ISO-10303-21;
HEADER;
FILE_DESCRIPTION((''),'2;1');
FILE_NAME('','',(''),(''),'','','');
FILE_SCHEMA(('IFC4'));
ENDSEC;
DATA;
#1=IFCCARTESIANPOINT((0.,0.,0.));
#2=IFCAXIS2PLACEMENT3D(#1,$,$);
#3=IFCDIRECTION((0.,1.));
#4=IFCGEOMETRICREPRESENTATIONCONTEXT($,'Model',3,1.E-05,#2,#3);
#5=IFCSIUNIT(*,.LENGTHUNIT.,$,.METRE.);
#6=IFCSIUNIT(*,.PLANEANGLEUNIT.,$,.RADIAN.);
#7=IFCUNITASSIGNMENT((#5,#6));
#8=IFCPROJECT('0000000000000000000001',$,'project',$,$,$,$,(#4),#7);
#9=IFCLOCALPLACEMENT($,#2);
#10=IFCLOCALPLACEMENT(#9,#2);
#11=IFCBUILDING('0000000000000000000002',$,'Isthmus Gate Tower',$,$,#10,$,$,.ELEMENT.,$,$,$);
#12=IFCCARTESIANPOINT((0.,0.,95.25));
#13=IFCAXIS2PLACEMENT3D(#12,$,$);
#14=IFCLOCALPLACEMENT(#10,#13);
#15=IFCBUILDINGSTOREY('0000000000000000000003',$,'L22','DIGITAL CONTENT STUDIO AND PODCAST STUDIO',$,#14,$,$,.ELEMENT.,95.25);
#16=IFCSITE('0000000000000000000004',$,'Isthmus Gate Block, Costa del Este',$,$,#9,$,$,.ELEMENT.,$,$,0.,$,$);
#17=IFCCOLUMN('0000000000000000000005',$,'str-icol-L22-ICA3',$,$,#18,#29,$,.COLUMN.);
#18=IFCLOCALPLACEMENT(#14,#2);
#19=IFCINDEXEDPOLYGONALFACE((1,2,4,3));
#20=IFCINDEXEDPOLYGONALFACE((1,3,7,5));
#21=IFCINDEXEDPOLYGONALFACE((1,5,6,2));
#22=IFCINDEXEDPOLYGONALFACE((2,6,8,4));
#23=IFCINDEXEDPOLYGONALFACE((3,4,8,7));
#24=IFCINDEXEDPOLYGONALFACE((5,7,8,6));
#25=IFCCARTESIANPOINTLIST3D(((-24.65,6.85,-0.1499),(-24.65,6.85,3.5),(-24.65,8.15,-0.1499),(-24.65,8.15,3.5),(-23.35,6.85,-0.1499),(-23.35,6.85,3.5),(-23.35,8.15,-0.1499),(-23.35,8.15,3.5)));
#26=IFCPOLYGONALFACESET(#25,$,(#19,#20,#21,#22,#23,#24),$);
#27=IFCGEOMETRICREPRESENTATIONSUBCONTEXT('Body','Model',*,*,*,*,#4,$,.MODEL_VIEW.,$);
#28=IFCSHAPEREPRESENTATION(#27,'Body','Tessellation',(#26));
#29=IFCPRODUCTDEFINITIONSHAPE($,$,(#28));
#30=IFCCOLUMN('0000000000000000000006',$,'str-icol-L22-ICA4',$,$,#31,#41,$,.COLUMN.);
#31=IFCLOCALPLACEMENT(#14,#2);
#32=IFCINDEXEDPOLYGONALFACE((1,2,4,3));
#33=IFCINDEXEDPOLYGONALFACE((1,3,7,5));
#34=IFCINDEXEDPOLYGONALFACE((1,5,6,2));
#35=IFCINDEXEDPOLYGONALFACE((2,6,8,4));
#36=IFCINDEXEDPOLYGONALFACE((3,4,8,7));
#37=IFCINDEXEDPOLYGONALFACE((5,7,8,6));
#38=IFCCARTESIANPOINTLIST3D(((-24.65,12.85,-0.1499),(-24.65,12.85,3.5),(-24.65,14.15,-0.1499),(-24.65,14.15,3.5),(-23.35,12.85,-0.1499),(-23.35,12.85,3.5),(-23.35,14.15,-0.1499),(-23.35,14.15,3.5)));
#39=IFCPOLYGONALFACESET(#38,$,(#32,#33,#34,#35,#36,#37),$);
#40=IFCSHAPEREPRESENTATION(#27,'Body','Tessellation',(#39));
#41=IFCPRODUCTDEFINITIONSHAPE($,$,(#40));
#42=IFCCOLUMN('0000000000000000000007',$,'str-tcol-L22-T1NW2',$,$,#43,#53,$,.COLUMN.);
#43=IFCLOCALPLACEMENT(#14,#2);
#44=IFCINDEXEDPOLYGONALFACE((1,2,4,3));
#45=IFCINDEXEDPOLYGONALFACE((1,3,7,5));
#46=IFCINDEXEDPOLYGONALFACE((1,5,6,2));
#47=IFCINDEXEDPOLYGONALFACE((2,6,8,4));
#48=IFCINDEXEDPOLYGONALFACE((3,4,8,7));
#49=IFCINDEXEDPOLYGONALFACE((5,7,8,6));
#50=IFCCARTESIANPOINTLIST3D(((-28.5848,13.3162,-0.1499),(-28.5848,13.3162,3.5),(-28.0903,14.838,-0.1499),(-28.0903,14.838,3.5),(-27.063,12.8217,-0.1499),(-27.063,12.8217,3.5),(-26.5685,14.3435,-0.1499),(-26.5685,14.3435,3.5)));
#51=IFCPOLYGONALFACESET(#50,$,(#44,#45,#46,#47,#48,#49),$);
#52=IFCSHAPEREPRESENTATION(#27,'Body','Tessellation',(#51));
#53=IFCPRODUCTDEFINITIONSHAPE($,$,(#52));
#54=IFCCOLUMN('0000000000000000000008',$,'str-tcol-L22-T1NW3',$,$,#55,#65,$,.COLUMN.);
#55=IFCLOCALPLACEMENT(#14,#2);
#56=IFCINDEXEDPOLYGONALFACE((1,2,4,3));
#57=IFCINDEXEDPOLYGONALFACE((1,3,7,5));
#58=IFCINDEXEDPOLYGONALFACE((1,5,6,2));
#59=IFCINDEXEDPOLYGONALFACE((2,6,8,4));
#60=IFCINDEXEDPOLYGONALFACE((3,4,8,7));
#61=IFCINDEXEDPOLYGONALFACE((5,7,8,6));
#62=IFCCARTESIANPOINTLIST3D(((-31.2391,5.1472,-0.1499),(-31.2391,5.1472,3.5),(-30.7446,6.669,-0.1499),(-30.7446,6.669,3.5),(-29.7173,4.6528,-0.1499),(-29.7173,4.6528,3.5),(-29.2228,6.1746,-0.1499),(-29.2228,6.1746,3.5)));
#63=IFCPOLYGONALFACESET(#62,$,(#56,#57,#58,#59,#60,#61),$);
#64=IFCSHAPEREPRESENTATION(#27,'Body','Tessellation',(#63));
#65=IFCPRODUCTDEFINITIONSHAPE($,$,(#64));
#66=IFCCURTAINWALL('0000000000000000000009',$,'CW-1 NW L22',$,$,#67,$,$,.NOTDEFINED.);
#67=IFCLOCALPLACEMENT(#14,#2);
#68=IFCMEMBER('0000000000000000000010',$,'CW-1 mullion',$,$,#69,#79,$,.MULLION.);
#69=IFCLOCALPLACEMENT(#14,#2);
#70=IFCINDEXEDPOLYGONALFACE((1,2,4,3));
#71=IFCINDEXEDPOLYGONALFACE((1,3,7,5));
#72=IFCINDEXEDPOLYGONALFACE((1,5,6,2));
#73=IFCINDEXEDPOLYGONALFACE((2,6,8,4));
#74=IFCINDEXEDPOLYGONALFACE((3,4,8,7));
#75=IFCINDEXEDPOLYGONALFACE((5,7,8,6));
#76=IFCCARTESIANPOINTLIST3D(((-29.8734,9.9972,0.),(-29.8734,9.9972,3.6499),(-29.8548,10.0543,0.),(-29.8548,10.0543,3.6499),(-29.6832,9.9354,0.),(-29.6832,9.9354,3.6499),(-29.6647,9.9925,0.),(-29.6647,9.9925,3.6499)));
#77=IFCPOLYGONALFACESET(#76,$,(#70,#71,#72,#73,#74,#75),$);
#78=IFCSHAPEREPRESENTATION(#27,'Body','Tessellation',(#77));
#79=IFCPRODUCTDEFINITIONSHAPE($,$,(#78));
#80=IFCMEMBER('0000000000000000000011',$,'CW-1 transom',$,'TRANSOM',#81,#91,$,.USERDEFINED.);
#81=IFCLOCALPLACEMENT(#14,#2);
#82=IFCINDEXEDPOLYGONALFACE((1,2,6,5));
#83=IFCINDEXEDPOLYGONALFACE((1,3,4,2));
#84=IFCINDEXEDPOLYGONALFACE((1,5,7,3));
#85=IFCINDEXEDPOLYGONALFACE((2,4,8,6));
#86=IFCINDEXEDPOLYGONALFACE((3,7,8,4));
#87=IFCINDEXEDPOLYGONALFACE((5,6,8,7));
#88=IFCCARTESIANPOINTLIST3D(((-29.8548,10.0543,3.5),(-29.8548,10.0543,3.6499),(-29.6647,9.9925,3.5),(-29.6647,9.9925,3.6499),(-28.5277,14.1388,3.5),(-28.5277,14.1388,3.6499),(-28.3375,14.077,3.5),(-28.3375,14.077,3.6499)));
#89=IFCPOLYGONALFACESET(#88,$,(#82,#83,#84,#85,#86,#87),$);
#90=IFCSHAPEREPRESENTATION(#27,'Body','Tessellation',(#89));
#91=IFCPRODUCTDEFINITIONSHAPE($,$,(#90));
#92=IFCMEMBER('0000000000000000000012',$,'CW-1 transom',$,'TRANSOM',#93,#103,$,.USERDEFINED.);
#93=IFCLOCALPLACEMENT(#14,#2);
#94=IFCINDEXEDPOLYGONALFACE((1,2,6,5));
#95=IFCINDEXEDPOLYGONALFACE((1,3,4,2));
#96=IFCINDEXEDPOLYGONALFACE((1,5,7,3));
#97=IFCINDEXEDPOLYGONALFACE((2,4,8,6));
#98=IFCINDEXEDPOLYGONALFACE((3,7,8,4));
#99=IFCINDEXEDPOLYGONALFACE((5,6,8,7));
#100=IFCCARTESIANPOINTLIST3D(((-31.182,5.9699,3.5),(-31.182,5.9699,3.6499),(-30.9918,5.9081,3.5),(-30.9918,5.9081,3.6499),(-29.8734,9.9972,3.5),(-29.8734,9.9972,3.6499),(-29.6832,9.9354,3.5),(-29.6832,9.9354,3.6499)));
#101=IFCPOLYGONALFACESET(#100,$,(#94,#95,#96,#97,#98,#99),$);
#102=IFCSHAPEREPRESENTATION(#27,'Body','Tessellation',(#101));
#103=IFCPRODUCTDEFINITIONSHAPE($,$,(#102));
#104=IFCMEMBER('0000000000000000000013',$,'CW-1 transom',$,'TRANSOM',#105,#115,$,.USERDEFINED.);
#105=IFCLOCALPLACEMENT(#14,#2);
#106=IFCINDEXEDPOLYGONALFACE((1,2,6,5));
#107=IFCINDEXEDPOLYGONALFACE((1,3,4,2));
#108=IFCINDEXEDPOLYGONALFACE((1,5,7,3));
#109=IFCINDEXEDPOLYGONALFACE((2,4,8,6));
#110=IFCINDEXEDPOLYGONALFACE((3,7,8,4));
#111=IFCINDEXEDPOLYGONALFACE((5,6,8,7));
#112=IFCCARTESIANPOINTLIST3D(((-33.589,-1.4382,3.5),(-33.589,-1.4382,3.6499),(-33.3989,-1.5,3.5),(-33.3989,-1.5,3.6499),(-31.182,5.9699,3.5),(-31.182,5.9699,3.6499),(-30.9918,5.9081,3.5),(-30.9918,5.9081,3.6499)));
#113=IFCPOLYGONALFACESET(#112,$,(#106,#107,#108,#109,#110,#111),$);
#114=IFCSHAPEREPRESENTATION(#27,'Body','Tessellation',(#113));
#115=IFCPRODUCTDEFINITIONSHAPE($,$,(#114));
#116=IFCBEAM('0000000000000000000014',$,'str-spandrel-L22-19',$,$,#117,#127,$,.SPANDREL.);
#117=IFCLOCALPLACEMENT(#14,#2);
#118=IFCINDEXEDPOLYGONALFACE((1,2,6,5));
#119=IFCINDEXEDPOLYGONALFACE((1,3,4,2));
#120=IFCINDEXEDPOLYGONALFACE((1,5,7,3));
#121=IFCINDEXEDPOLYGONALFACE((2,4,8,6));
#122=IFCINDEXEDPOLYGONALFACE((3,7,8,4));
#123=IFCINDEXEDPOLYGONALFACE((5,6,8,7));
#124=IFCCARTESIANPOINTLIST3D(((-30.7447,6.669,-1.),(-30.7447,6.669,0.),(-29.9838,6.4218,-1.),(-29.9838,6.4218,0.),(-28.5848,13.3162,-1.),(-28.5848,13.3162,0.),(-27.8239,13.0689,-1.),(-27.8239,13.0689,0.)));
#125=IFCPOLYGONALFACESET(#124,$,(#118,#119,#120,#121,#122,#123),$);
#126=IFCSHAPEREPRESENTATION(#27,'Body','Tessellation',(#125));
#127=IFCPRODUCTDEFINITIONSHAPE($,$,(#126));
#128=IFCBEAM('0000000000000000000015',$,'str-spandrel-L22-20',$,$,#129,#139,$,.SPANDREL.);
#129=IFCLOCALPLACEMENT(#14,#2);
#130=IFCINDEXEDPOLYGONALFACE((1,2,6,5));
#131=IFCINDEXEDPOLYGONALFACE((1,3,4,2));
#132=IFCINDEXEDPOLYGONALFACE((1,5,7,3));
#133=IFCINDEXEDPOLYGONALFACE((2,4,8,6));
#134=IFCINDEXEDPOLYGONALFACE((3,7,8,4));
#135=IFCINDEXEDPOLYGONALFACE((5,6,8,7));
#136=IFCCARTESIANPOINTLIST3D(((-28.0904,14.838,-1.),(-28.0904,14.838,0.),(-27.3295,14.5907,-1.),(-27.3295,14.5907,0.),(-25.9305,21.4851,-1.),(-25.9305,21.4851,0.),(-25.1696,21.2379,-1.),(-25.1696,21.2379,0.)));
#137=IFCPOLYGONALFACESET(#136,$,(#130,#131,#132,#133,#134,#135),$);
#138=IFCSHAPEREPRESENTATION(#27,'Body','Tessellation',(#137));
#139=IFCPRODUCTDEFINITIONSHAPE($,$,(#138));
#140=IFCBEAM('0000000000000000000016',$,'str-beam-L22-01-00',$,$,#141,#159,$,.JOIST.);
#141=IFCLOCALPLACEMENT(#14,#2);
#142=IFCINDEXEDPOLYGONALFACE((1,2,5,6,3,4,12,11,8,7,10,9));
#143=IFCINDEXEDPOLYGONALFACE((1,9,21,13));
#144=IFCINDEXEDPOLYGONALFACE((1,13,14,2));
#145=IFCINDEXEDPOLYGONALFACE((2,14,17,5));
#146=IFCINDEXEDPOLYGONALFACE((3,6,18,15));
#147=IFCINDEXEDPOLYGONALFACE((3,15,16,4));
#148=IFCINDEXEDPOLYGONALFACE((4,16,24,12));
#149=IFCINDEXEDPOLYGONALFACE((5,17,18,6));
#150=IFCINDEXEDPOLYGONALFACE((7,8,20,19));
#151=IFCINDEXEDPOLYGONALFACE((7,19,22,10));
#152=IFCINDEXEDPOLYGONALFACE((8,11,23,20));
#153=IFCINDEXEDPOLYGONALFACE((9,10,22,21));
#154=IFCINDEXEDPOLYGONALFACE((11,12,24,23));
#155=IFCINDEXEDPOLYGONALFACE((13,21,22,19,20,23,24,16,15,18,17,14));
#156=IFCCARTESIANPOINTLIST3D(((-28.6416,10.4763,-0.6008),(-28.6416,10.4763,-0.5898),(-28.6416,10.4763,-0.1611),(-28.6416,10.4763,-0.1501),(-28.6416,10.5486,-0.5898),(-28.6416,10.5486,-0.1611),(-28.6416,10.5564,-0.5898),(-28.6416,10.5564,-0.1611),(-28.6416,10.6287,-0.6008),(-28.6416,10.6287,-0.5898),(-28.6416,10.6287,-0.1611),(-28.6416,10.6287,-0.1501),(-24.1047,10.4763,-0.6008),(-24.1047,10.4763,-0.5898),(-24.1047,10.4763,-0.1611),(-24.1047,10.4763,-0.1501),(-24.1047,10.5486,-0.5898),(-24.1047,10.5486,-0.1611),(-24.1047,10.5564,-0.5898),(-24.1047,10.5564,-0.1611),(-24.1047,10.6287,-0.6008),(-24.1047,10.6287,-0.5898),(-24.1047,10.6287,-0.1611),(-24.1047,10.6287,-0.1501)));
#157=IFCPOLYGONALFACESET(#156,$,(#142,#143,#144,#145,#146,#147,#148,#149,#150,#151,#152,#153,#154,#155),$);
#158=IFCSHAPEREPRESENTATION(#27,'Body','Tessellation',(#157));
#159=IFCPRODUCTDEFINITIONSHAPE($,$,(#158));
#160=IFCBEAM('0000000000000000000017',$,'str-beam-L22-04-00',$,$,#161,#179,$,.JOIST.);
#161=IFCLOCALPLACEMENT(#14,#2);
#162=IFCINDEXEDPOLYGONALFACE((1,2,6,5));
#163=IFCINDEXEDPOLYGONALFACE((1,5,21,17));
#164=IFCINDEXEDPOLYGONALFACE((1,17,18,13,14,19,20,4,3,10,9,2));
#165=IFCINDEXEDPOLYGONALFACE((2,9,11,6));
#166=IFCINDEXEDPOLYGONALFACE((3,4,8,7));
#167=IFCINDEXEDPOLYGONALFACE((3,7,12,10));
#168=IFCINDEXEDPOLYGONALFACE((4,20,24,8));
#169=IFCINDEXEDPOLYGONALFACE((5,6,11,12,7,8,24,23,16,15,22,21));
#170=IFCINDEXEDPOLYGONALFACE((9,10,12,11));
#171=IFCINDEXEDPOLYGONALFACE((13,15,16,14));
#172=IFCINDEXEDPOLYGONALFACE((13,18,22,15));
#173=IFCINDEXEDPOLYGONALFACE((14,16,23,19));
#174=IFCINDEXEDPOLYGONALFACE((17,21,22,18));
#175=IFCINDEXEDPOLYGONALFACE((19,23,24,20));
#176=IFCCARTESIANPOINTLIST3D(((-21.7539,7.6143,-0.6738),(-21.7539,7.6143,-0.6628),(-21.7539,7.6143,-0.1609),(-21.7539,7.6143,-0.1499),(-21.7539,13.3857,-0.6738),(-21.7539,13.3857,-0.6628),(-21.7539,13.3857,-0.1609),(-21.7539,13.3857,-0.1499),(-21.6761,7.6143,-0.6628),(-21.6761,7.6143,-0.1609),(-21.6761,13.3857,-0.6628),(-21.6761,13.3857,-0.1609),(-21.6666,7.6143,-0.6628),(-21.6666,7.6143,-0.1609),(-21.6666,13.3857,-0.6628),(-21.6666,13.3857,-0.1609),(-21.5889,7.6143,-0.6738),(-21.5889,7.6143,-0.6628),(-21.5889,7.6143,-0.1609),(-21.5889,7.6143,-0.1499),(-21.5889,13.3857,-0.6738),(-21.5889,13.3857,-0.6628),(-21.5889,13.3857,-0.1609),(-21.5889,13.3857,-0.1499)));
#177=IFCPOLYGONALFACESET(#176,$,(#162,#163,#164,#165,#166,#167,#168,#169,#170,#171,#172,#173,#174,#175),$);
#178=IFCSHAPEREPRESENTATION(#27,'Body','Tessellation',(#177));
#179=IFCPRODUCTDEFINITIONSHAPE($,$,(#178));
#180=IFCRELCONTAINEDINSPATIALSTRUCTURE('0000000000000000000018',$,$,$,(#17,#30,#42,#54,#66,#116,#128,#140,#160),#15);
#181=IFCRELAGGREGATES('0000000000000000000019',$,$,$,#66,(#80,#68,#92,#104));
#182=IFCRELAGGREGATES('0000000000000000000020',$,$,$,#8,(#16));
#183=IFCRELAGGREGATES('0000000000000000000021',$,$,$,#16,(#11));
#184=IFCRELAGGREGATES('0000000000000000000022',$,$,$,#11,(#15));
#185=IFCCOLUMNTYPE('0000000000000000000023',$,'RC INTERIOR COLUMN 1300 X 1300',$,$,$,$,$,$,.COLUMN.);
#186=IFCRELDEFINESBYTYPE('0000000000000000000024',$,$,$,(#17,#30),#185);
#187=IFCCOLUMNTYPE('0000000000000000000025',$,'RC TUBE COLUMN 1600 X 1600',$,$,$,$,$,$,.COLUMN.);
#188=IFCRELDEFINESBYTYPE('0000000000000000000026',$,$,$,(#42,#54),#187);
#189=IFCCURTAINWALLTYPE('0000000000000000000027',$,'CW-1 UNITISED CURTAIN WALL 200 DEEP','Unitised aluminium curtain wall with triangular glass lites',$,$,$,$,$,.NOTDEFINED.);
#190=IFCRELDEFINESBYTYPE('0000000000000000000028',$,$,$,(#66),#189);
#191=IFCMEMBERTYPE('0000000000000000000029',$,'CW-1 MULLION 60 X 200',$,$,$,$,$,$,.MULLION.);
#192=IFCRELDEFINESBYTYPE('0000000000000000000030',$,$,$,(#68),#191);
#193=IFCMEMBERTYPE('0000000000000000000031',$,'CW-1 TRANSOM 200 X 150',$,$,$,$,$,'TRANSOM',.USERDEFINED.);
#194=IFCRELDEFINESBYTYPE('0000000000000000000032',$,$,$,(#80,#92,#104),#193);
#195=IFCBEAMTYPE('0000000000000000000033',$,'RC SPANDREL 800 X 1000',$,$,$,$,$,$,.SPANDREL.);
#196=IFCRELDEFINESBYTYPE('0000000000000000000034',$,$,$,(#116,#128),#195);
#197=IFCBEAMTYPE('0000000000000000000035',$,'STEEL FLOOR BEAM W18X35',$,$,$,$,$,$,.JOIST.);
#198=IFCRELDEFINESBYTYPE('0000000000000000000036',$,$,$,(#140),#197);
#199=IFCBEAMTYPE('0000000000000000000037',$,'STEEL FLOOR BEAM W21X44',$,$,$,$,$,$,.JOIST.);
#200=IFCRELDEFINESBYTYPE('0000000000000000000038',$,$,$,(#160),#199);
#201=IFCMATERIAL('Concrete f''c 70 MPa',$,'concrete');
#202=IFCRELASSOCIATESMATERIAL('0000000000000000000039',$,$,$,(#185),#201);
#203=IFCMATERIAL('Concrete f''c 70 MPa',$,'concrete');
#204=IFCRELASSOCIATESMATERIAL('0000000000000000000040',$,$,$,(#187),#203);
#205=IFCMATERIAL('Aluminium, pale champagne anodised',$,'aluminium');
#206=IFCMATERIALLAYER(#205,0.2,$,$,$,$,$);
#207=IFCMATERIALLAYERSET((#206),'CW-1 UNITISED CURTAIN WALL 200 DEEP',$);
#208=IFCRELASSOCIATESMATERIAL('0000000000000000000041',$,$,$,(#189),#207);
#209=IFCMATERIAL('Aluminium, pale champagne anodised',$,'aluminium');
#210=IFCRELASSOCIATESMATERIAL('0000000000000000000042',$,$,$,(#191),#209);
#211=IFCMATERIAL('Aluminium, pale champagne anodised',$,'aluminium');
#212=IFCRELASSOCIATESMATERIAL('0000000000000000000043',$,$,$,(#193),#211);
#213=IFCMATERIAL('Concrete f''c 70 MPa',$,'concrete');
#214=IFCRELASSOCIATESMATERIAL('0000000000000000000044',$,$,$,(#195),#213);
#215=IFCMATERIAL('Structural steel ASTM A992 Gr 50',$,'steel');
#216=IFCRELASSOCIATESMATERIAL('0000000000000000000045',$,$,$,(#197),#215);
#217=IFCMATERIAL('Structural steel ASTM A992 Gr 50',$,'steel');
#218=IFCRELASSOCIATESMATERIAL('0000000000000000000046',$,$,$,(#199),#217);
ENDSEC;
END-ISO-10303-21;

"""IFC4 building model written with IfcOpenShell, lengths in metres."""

from ifc_helpers import new_model, si_unit, direction, frame, origin, origin_2d, place, context, subcontext, project, spatial, rectangle, i_section, extrude, material, layer, layer_set, material_profile, profile_set, type_object, element, aggregate, save


model = new_model("IFC4")

# Units and contexts
model_context = context("Model", 3, precision=1e-05, world=origin(), true_north=direction((0.0, 1.0)))
body_context = subcontext(model_context, "Body", "Model", "MODEL_VIEW")
ifc_project = project(units=[si_unit("LENGTHUNIT", "METRE"), si_unit("PLANEANGLEUNIT", "RADIAN")], contexts=[model_context])

# Site, building, storey
site_placement = place(None, origin())
site = spatial("IfcSite", under=ifc_project, at=site_placement, Name="Isthmus Gate Block, Costa del Este", CompositionType="ELEMENT", RefElevation=0.0)
building_placement = place(site_placement, origin())
building = spatial("IfcBuilding", under=site, at=building_placement, Name="Isthmus Gate Tower", CompositionType="ELEMENT")
storey_placement = place(building_placement, frame((0.0, 0.0, 95.25)))
storey = spatial("IfcBuildingStorey", under=building, at=storey_placement, Name="L22", Description="DIGITAL CONTENT STUDIO AND PODCAST STUDIO", CompositionType="ELEMENT", Elevation=95.25)

# Columns
ifc_material_1 = material(Name="Concrete f'c 70 MPa", Category="concrete")
ifc_material_profile_1 = material_profile(ifc_material_1, rectangle(XDim=1.3, YDim=1.3, at=origin_2d()), Name="RC 1300X1300")
ifc_profile_set_1 = profile_set([ifc_material_profile_1], Name="Concrete f'c 70 MPa")
column_type_1 = type_object("IfcColumnType", Name="RC INTERIOR COLUMN 1300 X 1300", PredefinedType="COLUMN", material=ifc_profile_set_1)
for number, where, z_axis, x_axis, name in (
    (1, (-24.0, 7.5, -0.1499), (0.0, 0.0, 1.0), (1.0, 0.0, 0.0), "str-icol-L22-ICA3"),
    (2, (-24.0, 13.5, -0.1499), (0.0, 0.0, 1.0), (1.0, 0.0, 0.0), "str-icol-L22-ICA4"),
):
    element("IfcColumn", number, at=place(storey_placement, frame(where, z_axis=z_axis, x_axis=x_axis)), inside=storey, type_object=column_type_1, Name=name, PredefinedType="COLUMN", context=body_context, shape_type="SweptSolid", body=[
        extrude(rectangle(XDim=1.3, YDim=1.3, at=origin_2d()), origin(), (0.0, 0.0, 1.0), 3.6499),
    ])
ifc_material_2 = material(Name="Concrete f'c 70 MPa", Category="concrete")
ifc_material_profile_2 = material_profile(ifc_material_2, rectangle(XDim=1.6001, YDim=1.6001, at=origin_2d()), Name="RC 1600X1600")
ifc_profile_set_2 = profile_set([ifc_material_profile_2], Name="Concrete f'c 70 MPa")
column_type_2 = type_object("IfcColumnType", Name="RC TUBE COLUMN 1600 X 1600", PredefinedType="COLUMN", material=ifc_profile_set_2)
for number, where, z_axis, x_axis, name in (
    (3, (-27.5767, 13.8298, -0.1499), (0.0, 0.0, 1.0), (-0.309017, -0.951057, 0.0), "str-tcol-L22-T1NW2"),
    (4, (-30.231, 5.6609, -0.1499), (0.0, 0.0, 1.0), (-0.309017, -0.951057, 0.0), "str-tcol-L22-T1NW3"),
):
    element("IfcColumn", number, at=place(storey_placement, frame(where, z_axis=z_axis, x_axis=x_axis)), inside=storey, type_object=column_type_2, Name=name, PredefinedType="COLUMN", context=body_context, shape_type="SweptSolid", body=[
        extrude(rectangle(XDim=1.6001, YDim=1.6001, at=origin_2d()), origin(), (0.0, 0.0, 1.0), 3.6499),
    ])

# Curtain wall, members
ifc_material_3 = material(Name="Aluminium, pale champagne anodised", Category="aluminium")
ifc_layer_1 = layer(ifc_material_3, 0.2)
ifc_layer_set_1 = layer_set([ifc_layer_1], Name="CW-1 UNITISED CURTAIN WALL 200 DEEP")
curtain_wall_type = type_object("IfcCurtainWallType", Name="CW-1 UNITISED CURTAIN WALL 200 DEEP", Description="Unitised aluminium curtain wall with triangular glass lites", PredefinedType="NOTDEFINED", material=ifc_layer_set_1)
curtain_wall_placement = place(storey_placement, origin())
curtain_wall = element("IfcCurtainWall", 5, at=curtain_wall_placement, inside=storey, type_object=curtain_wall_type, Name="CW-1 NW L22", PredefinedType="NOTDEFINED")
ifc_material_4 = material(Name="Aluminium, pale champagne anodised", Category="aluminium")
ifc_material_profile_3 = material_profile(ifc_material_4, rectangle(XDim=0.0601, YDim=0.2, at=origin_2d()), Name="60x200")
ifc_profile_set_3 = profile_set([ifc_material_profile_3], Name="Aluminium, pale champagne anodised")
member_type_1 = type_object("IfcMemberType", Name="CW-1 MULLION 60 X 200", PredefinedType="MULLION", material=ifc_profile_set_3)
member_1_placement = place(storey_placement, frame((-29.769, 9.9949, 0.0), z_axis=(0.0, 0.0, 1.0), x_axis=(-0.309017, -0.951057, 0.0)))
member_1 = element("IfcMember", 6, at=member_1_placement, type_object=member_type_1, Name="CW-1 mullion", PredefinedType="MULLION", context=body_context, shape_type="SweptSolid", body=[
    extrude(rectangle(XDim=0.0601, YDim=0.2, at=origin_2d()), origin(), (0.0, 0.0, 1.0), 3.6499),
])
ifc_material_5 = material(Name="Aluminium, pale champagne anodised", Category="aluminium")
ifc_material_profile_4 = material_profile(ifc_material_5, rectangle(XDim=0.2, YDim=0.1499, at=origin_2d()), Name="200x150")
ifc_profile_set_4 = profile_set([ifc_material_profile_4], Name="Aluminium, pale champagne anodised")
member_type_2 = type_object("IfcMemberType", Name="CW-1 TRANSOM 200 X 150", ElementType="TRANSOM", PredefinedType="USERDEFINED", material=ifc_profile_set_4)
member_2_placement = place(storey_placement, frame((-28.4326, 14.1079, 3.575), z_axis=(-0.309022, -0.951055, 0.0), x_axis=(0.951055, -0.309022, 0.0)))
member_2 = element("IfcMember", 7, at=member_2_placement, type_object=member_type_2, Name="CW-1 transom", ObjectType="TRANSOM", PredefinedType="USERDEFINED", context=body_context, shape_type="SweptSolid", body=[
    extrude(rectangle(XDim=0.2, YDim=0.1499, at=origin_2d()), origin(), (0.0, 0.0, 1.0), 4.2947),
])
member_3_placement = place(storey_placement, frame((-29.7783, 9.9663, 3.575), z_axis=(-0.309023, -0.951054, 0.0), x_axis=(0.951054, -0.309023, 0.0)))
member_3 = element("IfcMember", 8, at=member_3_placement, type_object=member_type_2, Name="CW-1 transom", ObjectType="TRANSOM", PredefinedType="USERDEFINED", context=body_context, shape_type="SweptSolid", body=[
    extrude(rectangle(XDim=0.2, YDim=0.1499, at=origin_2d()), origin(), (0.0, 0.0, 1.0), 4.2346),
])
member_4_placement = place(storey_placement, frame((-31.0869, 5.939, 3.575), z_axis=(-0.309016, -0.951057, 0.0), x_axis=(0.951057, -0.309016, 0.0)))
member_4 = element("IfcMember", 9, at=member_4_placement, type_object=member_type_2, Name="CW-1 transom", ObjectType="TRANSOM", PredefinedType="USERDEFINED", context=body_context, shape_type="SweptSolid", body=[
    extrude(rectangle(XDim=0.2, YDim=0.1499, at=origin_2d()), origin(), (0.0, 0.0, 1.0), 7.7893),
])

# Beams
ifc_material_6 = material(Name="Concrete f'c 70 MPa", Category="concrete")
ifc_material_profile_5 = material_profile(ifc_material_6, rectangle(XDim=0.8, YDim=1.0, at=origin_2d()), Name="RC 800X1000")
ifc_profile_set_5 = profile_set([ifc_material_profile_5], Name="Concrete f'c 70 MPa")
beam_type_1 = type_object("IfcBeamType", Name="RC SPANDREL 800 X 1000", PredefinedType="SPANDREL", material=ifc_profile_set_5)
for number, where, z_axis, x_axis, name in (
    (10, (-30.3643, 6.5454, -0.5), (0.30903, 0.951052, 0.0), (-0.951052, 0.30903, 0.0), "str-spandrel-L22-19"),
    (11, (-27.71, 14.7144, -0.5), (0.30903, 0.951052, 0.0), (-0.951052, 0.30903, 0.0), "str-spandrel-L22-20"),
):
    element("IfcBeam", number, at=place(storey_placement, frame(where, z_axis=z_axis, x_axis=x_axis)), inside=storey, type_object=beam_type_1, Name=name, PredefinedType="SPANDREL", context=body_context, shape_type="SweptSolid", body=[
        extrude(rectangle(XDim=0.8, YDim=1.0, at=origin_2d()), origin(), (0.0, 0.0, 1.0), 6.9893),
    ])
ifc_material_7 = material(Name="Structural steel ASTM A992 Gr 50", Category="steel")
ifc_material_profile_6 = material_profile(ifc_material_7, i_section(OverallWidth=0.1523, OverallDepth=0.4507, WebThickness=0.0078, FlangeThickness=0.011, at=origin_2d()), Name="W18X35")
ifc_profile_set_6 = profile_set([ifc_material_profile_6], Name="Structural steel ASTM A992 Gr 50")
beam_type_2 = type_object("IfcBeamType", Name="STEEL FLOOR BEAM W18X35", PredefinedType="JOIST", material=ifc_profile_set_6)
beam_1_placement = place(storey_placement, frame((-28.6416, 10.5525, -0.3755), z_axis=(1.0, 0.0, 0.0), x_axis=(0.0, 1.0, 0.0)))
element("IfcBeam", 12, at=beam_1_placement, inside=storey, type_object=beam_type_2, Name="str-beam-L22-01-00", PredefinedType="JOIST", context=body_context, shape_type="SweptSolid", body=[
    extrude(i_section(OverallWidth=0.1523, OverallDepth=0.4507, WebThickness=0.0078, FlangeThickness=0.011, at=origin_2d()), origin(), (0.0, 0.0, 1.0), 4.5369),
])
ifc_material_8 = material(Name="Structural steel ASTM A992 Gr 50", Category="steel")
ifc_material_profile_7 = material_profile(ifc_material_8, i_section(OverallWidth=0.165, OverallDepth=0.5239, WebThickness=0.0095, FlangeThickness=0.011, at=origin_2d()), Name="W21X44")
ifc_profile_set_7 = profile_set([ifc_material_profile_7], Name="Structural steel ASTM A992 Gr 50")
beam_type_3 = type_object("IfcBeamType", Name="STEEL FLOOR BEAM W21X44", PredefinedType="JOIST", material=ifc_profile_set_7)
for number, where, z_axis, x_axis, name in (
    (13, (-21.6714, 7.6143, -0.4119), (0.0, 1.0, 0.0), (-1.0, 0.0, 0.0), "str-beam-L22-04-00"),
):
    element("IfcBeam", number, at=place(storey_placement, frame(where, z_axis=z_axis, x_axis=x_axis)), inside=storey, type_object=beam_type_3, Name=name, PredefinedType="JOIST", context=body_context, shape_type="SweptSolid", body=[
        extrude(i_section(OverallWidth=0.165, OverallDepth=0.5239, WebThickness=0.0095, FlangeThickness=0.011, at=origin_2d()), origin(), (0.0, 0.0, 1.0), 5.7715),
    ])

aggregate(curtain_wall, [member_2, member_1, member_3, member_4])

save(model, "model.ifc")
